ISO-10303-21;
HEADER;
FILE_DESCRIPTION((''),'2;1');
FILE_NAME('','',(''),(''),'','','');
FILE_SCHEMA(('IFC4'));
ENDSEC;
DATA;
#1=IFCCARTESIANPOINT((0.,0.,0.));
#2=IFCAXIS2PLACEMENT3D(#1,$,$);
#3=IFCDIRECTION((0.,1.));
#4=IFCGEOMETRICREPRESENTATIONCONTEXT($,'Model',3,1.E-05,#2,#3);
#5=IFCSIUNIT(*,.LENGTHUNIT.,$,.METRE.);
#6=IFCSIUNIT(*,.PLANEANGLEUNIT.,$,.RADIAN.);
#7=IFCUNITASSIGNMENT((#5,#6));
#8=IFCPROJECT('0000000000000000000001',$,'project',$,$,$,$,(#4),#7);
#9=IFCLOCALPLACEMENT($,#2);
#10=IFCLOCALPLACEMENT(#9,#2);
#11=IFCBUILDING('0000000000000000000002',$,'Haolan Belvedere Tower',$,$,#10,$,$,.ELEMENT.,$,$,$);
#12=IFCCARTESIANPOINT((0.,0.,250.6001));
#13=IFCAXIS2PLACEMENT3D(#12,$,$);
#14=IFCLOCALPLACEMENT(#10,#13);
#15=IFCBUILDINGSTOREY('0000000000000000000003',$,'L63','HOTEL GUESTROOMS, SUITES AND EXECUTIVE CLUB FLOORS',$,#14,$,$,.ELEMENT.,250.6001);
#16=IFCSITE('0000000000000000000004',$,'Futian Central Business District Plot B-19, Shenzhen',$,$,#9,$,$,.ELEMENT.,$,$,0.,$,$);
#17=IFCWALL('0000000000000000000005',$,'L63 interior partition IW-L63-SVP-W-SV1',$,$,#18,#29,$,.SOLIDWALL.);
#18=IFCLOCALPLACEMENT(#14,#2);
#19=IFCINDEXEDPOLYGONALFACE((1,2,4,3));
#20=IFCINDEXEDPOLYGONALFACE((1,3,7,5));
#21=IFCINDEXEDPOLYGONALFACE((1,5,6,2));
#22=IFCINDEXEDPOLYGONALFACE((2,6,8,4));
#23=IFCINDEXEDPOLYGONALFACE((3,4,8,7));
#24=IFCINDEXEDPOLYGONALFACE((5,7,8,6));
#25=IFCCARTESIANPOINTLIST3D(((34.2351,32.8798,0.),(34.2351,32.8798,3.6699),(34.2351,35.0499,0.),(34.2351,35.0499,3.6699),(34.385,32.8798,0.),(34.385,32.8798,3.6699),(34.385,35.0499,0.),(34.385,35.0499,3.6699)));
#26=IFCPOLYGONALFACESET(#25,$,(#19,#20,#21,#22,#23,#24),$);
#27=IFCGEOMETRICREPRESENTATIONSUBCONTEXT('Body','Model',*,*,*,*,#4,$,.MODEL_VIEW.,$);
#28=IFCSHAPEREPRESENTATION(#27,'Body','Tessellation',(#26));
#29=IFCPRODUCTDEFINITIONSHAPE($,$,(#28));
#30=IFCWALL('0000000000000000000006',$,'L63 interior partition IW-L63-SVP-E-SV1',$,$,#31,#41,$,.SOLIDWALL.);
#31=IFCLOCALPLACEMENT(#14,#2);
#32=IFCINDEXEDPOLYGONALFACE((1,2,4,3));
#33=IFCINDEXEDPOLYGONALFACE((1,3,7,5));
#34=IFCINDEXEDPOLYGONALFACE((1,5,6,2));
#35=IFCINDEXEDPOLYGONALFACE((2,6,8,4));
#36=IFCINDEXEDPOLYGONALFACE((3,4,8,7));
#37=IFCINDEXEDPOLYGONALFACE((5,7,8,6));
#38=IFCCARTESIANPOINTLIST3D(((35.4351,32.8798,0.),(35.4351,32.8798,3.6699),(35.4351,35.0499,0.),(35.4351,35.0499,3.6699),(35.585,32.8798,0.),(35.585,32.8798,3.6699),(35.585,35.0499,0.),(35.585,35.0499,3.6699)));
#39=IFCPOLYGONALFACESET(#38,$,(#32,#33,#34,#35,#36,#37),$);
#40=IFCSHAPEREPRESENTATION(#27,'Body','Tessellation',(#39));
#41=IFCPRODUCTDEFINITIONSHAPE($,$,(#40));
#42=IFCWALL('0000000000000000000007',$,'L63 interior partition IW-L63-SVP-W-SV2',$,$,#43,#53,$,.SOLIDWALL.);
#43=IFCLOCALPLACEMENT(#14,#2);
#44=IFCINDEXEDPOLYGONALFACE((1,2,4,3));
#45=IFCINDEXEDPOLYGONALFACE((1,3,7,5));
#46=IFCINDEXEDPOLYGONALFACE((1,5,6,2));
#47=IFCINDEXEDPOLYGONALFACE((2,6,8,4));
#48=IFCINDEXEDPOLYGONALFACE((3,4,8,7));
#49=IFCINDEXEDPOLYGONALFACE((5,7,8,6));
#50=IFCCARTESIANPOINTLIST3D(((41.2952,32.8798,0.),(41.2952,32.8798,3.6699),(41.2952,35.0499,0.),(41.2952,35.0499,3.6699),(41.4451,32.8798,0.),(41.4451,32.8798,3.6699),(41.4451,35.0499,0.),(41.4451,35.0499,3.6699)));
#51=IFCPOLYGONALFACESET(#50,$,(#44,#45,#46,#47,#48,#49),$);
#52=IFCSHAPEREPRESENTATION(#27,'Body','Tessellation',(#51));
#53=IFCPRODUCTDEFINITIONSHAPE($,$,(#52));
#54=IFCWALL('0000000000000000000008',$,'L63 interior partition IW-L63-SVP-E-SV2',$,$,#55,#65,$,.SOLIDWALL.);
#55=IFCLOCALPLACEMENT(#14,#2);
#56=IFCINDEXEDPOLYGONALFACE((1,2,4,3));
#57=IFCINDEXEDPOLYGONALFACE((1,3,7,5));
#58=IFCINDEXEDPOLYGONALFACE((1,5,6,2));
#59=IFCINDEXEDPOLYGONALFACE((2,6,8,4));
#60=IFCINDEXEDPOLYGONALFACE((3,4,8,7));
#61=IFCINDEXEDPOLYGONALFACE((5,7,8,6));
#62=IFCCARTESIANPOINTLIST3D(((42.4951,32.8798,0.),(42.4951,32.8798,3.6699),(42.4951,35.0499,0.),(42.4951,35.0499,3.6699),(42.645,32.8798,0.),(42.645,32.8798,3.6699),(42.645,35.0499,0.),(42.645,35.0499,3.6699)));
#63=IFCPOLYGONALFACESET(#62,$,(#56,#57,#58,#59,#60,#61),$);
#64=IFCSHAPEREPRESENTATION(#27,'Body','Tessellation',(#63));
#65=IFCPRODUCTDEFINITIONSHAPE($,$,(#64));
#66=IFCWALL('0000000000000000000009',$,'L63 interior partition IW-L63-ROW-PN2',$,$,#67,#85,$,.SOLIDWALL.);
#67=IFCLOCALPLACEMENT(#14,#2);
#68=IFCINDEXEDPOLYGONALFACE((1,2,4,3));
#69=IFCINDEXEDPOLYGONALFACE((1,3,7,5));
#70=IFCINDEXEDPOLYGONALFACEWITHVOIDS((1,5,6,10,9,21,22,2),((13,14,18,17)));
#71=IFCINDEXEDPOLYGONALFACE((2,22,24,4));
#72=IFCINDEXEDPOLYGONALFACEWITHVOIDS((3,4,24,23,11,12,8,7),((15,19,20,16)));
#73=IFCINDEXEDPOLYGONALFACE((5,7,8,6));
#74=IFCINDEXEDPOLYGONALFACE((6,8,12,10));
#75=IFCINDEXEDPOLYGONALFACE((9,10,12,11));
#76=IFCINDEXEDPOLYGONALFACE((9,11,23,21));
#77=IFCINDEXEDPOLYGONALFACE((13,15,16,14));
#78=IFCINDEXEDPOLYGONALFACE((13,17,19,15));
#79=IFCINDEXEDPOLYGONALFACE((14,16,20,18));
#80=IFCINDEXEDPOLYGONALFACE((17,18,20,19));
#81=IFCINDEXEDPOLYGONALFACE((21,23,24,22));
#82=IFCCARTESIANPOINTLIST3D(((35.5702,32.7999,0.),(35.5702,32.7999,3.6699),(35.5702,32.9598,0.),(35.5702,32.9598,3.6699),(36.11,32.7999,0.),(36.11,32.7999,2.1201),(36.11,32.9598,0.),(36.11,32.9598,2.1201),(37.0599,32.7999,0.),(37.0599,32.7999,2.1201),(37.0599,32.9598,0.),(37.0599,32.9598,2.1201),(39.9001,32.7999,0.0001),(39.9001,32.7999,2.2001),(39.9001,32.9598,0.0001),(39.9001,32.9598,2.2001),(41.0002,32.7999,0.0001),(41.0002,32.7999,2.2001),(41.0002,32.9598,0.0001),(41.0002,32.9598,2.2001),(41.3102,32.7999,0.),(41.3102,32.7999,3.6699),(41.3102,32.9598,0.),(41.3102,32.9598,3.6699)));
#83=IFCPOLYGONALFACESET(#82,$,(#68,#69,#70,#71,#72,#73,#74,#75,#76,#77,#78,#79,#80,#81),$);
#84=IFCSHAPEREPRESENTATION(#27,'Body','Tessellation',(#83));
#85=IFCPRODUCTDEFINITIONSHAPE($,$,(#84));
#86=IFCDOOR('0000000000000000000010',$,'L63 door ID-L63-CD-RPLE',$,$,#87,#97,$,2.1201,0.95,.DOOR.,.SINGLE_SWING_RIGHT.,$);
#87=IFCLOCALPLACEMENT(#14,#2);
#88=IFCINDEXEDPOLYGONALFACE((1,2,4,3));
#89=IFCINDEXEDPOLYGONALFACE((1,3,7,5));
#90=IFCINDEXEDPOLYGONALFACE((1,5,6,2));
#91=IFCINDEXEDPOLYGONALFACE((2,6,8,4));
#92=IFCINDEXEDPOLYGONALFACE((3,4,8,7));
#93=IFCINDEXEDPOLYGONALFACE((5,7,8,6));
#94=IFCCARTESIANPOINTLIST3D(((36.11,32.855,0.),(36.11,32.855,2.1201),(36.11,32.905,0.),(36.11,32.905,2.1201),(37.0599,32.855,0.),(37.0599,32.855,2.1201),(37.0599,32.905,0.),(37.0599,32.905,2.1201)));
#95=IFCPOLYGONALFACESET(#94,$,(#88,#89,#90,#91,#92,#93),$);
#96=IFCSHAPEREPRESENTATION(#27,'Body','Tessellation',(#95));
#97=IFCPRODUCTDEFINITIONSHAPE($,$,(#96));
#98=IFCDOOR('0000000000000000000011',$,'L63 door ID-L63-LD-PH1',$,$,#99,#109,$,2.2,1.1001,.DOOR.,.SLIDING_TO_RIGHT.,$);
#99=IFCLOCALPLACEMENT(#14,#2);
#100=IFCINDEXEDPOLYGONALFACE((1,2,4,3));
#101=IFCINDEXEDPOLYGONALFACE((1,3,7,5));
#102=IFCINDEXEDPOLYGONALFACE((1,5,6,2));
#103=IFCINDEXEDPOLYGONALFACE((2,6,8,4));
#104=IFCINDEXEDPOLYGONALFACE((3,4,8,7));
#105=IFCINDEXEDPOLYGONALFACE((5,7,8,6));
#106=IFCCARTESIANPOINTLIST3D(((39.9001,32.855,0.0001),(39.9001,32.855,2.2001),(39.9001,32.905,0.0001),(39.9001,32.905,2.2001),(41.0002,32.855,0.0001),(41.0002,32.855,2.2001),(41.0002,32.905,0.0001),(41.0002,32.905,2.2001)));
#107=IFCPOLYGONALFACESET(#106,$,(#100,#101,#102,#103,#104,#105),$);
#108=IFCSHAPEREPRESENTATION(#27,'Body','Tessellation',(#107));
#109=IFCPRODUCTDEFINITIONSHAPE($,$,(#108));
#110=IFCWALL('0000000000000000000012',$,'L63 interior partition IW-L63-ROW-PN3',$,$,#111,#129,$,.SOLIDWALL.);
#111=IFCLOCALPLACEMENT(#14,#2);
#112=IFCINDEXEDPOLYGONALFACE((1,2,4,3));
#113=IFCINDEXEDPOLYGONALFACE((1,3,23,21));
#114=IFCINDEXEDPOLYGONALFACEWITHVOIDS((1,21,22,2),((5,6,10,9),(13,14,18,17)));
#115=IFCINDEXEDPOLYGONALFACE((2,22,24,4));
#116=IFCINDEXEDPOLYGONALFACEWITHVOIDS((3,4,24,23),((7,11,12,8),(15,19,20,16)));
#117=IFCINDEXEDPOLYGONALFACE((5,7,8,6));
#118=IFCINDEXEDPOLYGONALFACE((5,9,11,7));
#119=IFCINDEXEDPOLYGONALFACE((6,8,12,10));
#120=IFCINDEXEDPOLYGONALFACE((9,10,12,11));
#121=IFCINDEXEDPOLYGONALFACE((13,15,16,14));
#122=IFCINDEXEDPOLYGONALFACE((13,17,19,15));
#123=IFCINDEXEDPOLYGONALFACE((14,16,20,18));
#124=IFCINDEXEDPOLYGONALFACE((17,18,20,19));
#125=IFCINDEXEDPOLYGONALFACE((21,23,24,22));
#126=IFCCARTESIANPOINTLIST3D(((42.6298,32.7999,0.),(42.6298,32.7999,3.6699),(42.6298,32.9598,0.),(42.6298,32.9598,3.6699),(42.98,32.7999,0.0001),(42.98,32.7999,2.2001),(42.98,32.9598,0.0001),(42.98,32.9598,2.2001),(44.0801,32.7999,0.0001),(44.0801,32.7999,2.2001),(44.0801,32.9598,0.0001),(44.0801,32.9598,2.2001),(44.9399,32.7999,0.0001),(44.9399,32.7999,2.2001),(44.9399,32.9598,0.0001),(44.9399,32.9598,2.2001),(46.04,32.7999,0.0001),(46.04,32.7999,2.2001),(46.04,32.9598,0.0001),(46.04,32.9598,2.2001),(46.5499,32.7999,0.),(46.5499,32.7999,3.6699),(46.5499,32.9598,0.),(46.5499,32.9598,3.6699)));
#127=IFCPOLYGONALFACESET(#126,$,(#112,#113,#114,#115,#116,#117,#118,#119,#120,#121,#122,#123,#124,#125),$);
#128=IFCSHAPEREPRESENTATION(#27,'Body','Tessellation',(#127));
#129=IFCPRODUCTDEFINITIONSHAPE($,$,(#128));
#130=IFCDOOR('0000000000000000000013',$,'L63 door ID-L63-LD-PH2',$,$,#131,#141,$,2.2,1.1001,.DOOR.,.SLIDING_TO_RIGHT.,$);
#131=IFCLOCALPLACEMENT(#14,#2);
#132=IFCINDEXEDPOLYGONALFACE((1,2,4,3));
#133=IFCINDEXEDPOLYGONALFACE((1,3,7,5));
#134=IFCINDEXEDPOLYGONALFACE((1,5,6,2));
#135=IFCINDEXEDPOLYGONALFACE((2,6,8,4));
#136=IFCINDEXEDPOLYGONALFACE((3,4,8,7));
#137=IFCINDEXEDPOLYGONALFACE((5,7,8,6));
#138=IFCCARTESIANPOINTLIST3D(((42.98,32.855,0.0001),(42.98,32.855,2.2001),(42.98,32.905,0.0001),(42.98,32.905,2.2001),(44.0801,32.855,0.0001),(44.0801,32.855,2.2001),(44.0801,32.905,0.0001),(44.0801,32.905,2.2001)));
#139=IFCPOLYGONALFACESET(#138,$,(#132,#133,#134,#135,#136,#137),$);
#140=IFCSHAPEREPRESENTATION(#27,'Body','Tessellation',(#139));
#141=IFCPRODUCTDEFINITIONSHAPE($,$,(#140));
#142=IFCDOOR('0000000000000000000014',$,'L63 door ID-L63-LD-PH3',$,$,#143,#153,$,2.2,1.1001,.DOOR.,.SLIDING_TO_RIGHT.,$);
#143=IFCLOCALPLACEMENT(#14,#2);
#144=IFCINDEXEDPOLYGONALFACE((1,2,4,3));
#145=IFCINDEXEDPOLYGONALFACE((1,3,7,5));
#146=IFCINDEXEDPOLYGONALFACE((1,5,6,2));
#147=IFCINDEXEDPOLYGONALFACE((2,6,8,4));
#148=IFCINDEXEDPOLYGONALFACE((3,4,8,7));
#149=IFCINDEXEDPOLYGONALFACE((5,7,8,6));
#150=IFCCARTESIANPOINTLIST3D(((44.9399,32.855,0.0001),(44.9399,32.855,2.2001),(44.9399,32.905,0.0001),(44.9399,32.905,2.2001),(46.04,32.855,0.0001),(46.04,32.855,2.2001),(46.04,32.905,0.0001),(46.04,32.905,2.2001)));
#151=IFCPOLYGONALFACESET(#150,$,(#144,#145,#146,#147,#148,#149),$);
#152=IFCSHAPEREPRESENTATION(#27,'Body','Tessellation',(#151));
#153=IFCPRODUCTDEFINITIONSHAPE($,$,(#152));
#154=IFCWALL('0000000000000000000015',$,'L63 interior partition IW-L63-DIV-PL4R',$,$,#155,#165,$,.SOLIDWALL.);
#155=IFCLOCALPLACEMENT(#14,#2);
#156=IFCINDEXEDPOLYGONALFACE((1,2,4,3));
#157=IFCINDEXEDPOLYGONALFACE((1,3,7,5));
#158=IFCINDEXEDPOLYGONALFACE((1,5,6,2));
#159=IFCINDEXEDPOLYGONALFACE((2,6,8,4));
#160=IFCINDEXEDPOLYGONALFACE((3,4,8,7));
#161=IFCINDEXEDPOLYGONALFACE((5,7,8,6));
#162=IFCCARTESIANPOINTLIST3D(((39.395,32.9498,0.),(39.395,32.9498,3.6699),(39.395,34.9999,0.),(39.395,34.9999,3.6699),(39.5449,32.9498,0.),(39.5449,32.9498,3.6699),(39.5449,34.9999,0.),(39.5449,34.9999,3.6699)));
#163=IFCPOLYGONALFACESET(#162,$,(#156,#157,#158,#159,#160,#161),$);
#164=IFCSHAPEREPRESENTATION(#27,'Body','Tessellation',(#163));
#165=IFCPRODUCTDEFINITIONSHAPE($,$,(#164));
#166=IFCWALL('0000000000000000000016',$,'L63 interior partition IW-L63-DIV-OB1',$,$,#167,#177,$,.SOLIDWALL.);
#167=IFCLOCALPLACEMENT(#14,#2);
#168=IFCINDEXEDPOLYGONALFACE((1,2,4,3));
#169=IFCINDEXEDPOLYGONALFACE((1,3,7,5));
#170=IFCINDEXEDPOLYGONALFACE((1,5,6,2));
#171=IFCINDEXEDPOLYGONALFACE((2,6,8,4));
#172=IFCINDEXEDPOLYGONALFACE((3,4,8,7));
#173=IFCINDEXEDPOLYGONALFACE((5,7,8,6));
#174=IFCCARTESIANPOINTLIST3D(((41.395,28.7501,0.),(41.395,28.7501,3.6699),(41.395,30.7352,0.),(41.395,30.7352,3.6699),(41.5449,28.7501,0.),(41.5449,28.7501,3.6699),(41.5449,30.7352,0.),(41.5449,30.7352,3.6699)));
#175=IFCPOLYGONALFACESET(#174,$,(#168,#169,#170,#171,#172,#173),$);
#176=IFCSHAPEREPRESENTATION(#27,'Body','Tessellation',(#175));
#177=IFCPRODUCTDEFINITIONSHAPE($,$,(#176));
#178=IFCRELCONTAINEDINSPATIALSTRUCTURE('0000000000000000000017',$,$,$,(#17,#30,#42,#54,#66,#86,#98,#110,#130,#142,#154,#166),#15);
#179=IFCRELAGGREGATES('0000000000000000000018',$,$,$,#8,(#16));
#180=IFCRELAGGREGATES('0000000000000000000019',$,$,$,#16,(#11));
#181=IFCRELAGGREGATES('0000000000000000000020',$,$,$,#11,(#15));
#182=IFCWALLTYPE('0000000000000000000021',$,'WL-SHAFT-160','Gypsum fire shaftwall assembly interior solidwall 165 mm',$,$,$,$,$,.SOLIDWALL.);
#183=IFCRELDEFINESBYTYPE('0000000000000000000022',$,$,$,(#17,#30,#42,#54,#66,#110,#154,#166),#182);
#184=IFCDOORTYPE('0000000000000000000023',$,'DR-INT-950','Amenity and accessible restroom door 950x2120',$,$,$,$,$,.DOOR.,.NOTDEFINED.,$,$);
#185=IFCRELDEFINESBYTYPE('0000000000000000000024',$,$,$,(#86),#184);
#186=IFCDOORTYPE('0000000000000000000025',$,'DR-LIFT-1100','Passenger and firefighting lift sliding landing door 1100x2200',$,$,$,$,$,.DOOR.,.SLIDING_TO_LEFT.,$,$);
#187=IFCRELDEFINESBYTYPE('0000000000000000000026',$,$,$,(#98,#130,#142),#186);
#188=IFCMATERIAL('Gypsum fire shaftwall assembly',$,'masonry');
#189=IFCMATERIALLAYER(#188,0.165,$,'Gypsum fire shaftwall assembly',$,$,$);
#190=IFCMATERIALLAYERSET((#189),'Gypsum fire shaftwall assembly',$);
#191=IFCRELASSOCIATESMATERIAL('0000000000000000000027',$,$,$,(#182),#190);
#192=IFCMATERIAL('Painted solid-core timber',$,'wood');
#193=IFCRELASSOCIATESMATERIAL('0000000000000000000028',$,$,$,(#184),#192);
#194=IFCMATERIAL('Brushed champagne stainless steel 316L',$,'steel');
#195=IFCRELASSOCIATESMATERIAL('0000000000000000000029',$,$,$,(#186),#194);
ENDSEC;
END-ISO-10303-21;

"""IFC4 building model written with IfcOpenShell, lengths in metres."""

from ifc_helpers import new_model, si_unit, direction, frame, frame_2d, origin, place, context, subcontext, project, spatial, rectangle, extrude, material, layer, layer_set, type_object, element, fill, save


model = new_model("IFC4")

# Units and contexts
model_context = context("Model", 3, precision=1e-05, world=origin(), true_north=direction((0.0, 1.0)))
body_context = subcontext(model_context, "Body", "Model", "MODEL_VIEW")
ifc_project = project(units=[si_unit("LENGTHUNIT", "METRE"), si_unit("PLANEANGLEUNIT", "RADIAN")], contexts=[model_context])

# Site, building, storey
site_placement = place(None, origin())
site = spatial("IfcSite", under=ifc_project, at=site_placement, Name="Futian Central Business District Plot B-19, Shenzhen", CompositionType="ELEMENT", RefElevation=0.0)
building_placement = place(site_placement, origin())
building = spatial("IfcBuilding", under=site, at=building_placement, Name="Haolan Belvedere Tower", CompositionType="ELEMENT")
storey_placement = place(building_placement, frame((0.0, 0.0, 250.6001)))
storey = spatial("IfcBuildingStorey", under=building, at=storey_placement, Name="L63", Description="HOTEL GUESTROOMS, SUITES AND EXECUTIVE CLUB FLOORS", CompositionType="ELEMENT", Elevation=250.6001)

# Walls
ifc_material_1 = material(Name="Gypsum fire shaftwall assembly", Category="masonry")
ifc_layer_1 = layer(ifc_material_1, 0.165, Name="Gypsum fire shaftwall assembly")
ifc_layer_set_1 = layer_set([ifc_layer_1], Name="Gypsum fire shaftwall assembly")
wall_type_1 = type_object("IfcWallType", Name="WL-SHAFT-160", Description="Gypsum fire shaftwall assembly interior solidwall 165 mm", PredefinedType="SOLIDWALL", material=ifc_layer_set_1)
for number, where, z_axis, x_axis, name in (
    (1, (34.3101, 32.8799, 0.0), (0.0, 0.0, 1.0), (0.0, 1.0, 0.0), "L63 interior partition IW-L63-SVP-W-SV1"),
    (2, (35.51, 32.8799, 0.0), (0.0, 0.0, 1.0), (0.0, 1.0, 0.0), "L63 interior partition IW-L63-SVP-E-SV1"),
    (3, (41.3701, 32.8799, 0.0), (0.0, 0.0, 1.0), (0.0, 1.0, 0.0), "L63 interior partition IW-L63-SVP-W-SV2"),
    (4, (42.5701, 32.8799, 0.0), (0.0, 0.0, 1.0), (0.0, 1.0, 0.0), "L63 interior partition IW-L63-SVP-E-SV2"),
):
    element("IfcWall", number, at=place(storey_placement, frame(where, z_axis=z_axis, x_axis=x_axis)), inside=storey, type_object=wall_type_1, Name=name, PredefinedType="SOLIDWALL", context=body_context, shape_type="SweptSolid", body=[
        extrude(rectangle(XDim=2.1702, YDim=0.1499, at=frame_2d((1.085, 0.0))), origin(), (0.0, 0.0, 1.0), 3.6699),
    ])

# Walls, openings, doors
wall_1_placement = place(storey_placement, frame((35.5701, 32.8799, 0.0), z_axis=(0.0, 0.0, 1.0), x_axis=(1.0, 0.0, 0.0)))
wall_1 = element("IfcWall", 5, at=wall_1_placement, inside=storey, type_object=wall_type_1, Name="L63 interior partition IW-L63-ROW-PN2", PredefinedType="SOLIDWALL", context=body_context, shape_type="SweptSolid", body=[
    extrude(rectangle(XDim=5.74, YDim=0.1599, at=frame_2d((2.8701, 0.0))), origin(), (0.0, 0.0, 1.0), 3.6699),
])
opening_1_placement = place(wall_1_placement, frame((1.49, 0.0, 0.0), z_axis=(0.0, 0.0, 1.0), x_axis=(-1.0, 0.0, 0.0)))
opening_1 = element("IfcOpeningElement", 6, at=opening_1_placement, cuts=wall_1, PredefinedType="OPENING", context=body_context, shape_type="SweptSolid", body=[
    extrude(rectangle(XDim=0.95, YDim=2.1201, at=frame_2d((0.4751, 1.0601))), frame((0.0, 0.0898, 0.0), z_axis=(0.0, -1.0, 0.0), x_axis=(1.0, 0.0, 0.0)), (0.0, 0.0, 1.0), 0.1799),
])
opening_2_placement = place(wall_1_placement, frame((5.4302, 0.0, 0.0), z_axis=(0.0, 0.0, 1.0), x_axis=(-1.0, 0.0, 0.0)))
opening_2 = element("IfcOpeningElement", 7, at=opening_2_placement, cuts=wall_1, PredefinedType="OPENING", context=body_context, shape_type="SweptSolid", body=[
    extrude(rectangle(XDim=1.1001, YDim=2.2, at=frame_2d((0.55, 1.1001))), frame((0.0, 0.0898, 0.0), z_axis=(0.0, -1.0, 0.0), x_axis=(1.0, 0.0, 0.0)), (0.0, 0.0, 1.0), 0.1799),
])
ifc_material_2 = material(Name="Painted solid-core timber", Category="wood")
door_type_1 = type_object("IfcDoorType", Name="DR-INT-950", Description="Amenity and accessible restroom door 950x2120", OperationType="NOTDEFINED", PredefinedType="DOOR", material=ifc_material_2)
door_1_placement = place(opening_1_placement, origin())
door_1 = element("IfcDoor", 8, at=door_1_placement, inside=storey, type_object=door_type_1, Name="L63 door ID-L63-CD-RPLE", OperationType="SINGLE_SWING_RIGHT", OverallHeight=2.1201, OverallWidth=0.95, PredefinedType="DOOR", context=body_context, shape_type="SweptSolid", body=[
    extrude(rectangle(XDim=0.95, YDim=2.1201, at=frame_2d((0.4751, 1.0601))), frame((0.0, 0.0249, 0.0), z_axis=(0.0, -1.0, 0.0), x_axis=(1.0, 0.0, 0.0)), (0.0, 0.0, 1.0), 0.05),
])
fill(opening_1, door_1)
ifc_material_3 = material(Name="Brushed champagne stainless steel 316L", Category="steel")
door_type_2 = type_object("IfcDoorType", Name="DR-LIFT-1100", Description="Passenger and firefighting lift sliding landing door 1100x2200", OperationType="SLIDING_TO_LEFT", PredefinedType="DOOR", material=ifc_material_3)
door_2_placement = place(opening_2_placement, origin())
door_2 = element("IfcDoor", 9, at=door_2_placement, inside=storey, type_object=door_type_2, Name="L63 door ID-L63-LD-PH1", OperationType="SLIDING_TO_RIGHT", OverallHeight=2.2, OverallWidth=1.1001, PredefinedType="DOOR", context=body_context, shape_type="SweptSolid", body=[
    extrude(rectangle(XDim=1.1001, YDim=2.2, at=frame_2d((0.55, 1.1001))), frame((0.0, 0.0249, 0.0), z_axis=(0.0, -1.0, 0.0), x_axis=(1.0, 0.0, 0.0)), (0.0, 0.0, 1.0), 0.05),
])
fill(opening_2, door_2)
wall_2_placement = place(storey_placement, frame((42.6299, 32.8799, 0.0), z_axis=(0.0, 0.0, 1.0), x_axis=(1.0, 0.0, 0.0)))
wall_2 = element("IfcWall", 10, at=wall_2_placement, inside=storey, type_object=wall_type_1, Name="L63 interior partition IW-L63-ROW-PN3", PredefinedType="SOLIDWALL", context=body_context, shape_type="SweptSolid", body=[
    extrude(rectangle(XDim=3.9202, YDim=0.1599, at=frame_2d((1.96, 0.0))), origin(), (0.0, 0.0, 1.0), 3.6699),
])
opening_3_placement = place(wall_2_placement, frame((1.4502, 0.0, 0.0), z_axis=(0.0, 0.0, 1.0), x_axis=(-1.0, 0.0, 0.0)))
opening_3 = element("IfcOpeningElement", 11, at=opening_3_placement, cuts=wall_2, PredefinedType="OPENING", context=body_context, shape_type="SweptSolid", body=[
    extrude(rectangle(XDim=1.1001, YDim=2.2, at=frame_2d((0.55, 1.1001))), frame((0.0, 0.0898, 0.0), z_axis=(0.0, -1.0, 0.0), x_axis=(1.0, 0.0, 0.0)), (0.0, 0.0, 1.0), 0.1799),
])
opening_4_placement = place(wall_2_placement, frame((3.4102, 0.0, 0.0), z_axis=(0.0, 0.0, 1.0), x_axis=(-1.0, 0.0, 0.0)))
opening_4 = element("IfcOpeningElement", 12, at=opening_4_placement, cuts=wall_2, PredefinedType="OPENING", context=body_context, shape_type="SweptSolid", body=[
    extrude(rectangle(XDim=1.1001, YDim=2.2, at=frame_2d((0.55, 1.1001))), frame((0.0, 0.0898, 0.0), z_axis=(0.0, -1.0, 0.0), x_axis=(1.0, 0.0, 0.0)), (0.0, 0.0, 1.0), 0.1799),
])
door_3_placement = place(opening_3_placement, origin())
door_3 = element("IfcDoor", 13, at=door_3_placement, inside=storey, type_object=door_type_2, Name="L63 door ID-L63-LD-PH2", OperationType="SLIDING_TO_RIGHT", OverallHeight=2.2, OverallWidth=1.1001, PredefinedType="DOOR", context=body_context, shape_type="SweptSolid", body=[
    extrude(rectangle(XDim=1.1001, YDim=2.2, at=frame_2d((0.55, 1.1001))), frame((0.0, 0.0249, 0.0), z_axis=(0.0, -1.0, 0.0), x_axis=(1.0, 0.0, 0.0)), (0.0, 0.0, 1.0), 0.05),
])
fill(opening_3, door_3)
door_4_placement = place(opening_4_placement, origin())
door_4 = element("IfcDoor", 14, at=door_4_placement, inside=storey, type_object=door_type_2, Name="L63 door ID-L63-LD-PH3", OperationType="SLIDING_TO_RIGHT", OverallHeight=2.2, OverallWidth=1.1001, PredefinedType="DOOR", context=body_context, shape_type="SweptSolid", body=[
    extrude(rectangle(XDim=1.1001, YDim=2.2, at=frame_2d((0.55, 1.1001))), frame((0.0, 0.0249, 0.0), z_axis=(0.0, -1.0, 0.0), x_axis=(1.0, 0.0, 0.0)), (0.0, 0.0, 1.0), 0.05),
])
fill(opening_4, door_4)

# Walls
wall_3_placement = place(storey_placement, frame((39.47, 32.95, 0.0), z_axis=(0.0, 0.0, 1.0), x_axis=(0.0, 1.0, 0.0)))
element("IfcWall", 15, at=wall_3_placement, inside=storey, type_object=wall_type_1, Name="L63 interior partition IW-L63-DIV-PL4R", PredefinedType="SOLIDWALL", context=body_context, shape_type="SweptSolid", body=[
    extrude(rectangle(XDim=2.05, YDim=0.1499, at=frame_2d((1.0249, 0.0))), origin(), (0.0, 0.0, 1.0), 3.6699),
])
wall_4_placement = place(storey_placement, frame((41.47, 28.75, 0.0), z_axis=(0.0, 0.0, 1.0), x_axis=(0.0, 1.0, 0.0)))
element("IfcWall", 16, at=wall_4_placement, inside=storey, type_object=wall_type_1, Name="L63 interior partition IW-L63-DIV-OB1", PredefinedType="SOLIDWALL", context=body_context, shape_type="SweptSolid", body=[
    extrude(rectangle(XDim=1.9851, YDim=0.1499, at=frame_2d((0.9927, 0.0))), origin(), (0.0, 0.0, 1.0), 3.6699),
])

save(model, "model.ifc")
